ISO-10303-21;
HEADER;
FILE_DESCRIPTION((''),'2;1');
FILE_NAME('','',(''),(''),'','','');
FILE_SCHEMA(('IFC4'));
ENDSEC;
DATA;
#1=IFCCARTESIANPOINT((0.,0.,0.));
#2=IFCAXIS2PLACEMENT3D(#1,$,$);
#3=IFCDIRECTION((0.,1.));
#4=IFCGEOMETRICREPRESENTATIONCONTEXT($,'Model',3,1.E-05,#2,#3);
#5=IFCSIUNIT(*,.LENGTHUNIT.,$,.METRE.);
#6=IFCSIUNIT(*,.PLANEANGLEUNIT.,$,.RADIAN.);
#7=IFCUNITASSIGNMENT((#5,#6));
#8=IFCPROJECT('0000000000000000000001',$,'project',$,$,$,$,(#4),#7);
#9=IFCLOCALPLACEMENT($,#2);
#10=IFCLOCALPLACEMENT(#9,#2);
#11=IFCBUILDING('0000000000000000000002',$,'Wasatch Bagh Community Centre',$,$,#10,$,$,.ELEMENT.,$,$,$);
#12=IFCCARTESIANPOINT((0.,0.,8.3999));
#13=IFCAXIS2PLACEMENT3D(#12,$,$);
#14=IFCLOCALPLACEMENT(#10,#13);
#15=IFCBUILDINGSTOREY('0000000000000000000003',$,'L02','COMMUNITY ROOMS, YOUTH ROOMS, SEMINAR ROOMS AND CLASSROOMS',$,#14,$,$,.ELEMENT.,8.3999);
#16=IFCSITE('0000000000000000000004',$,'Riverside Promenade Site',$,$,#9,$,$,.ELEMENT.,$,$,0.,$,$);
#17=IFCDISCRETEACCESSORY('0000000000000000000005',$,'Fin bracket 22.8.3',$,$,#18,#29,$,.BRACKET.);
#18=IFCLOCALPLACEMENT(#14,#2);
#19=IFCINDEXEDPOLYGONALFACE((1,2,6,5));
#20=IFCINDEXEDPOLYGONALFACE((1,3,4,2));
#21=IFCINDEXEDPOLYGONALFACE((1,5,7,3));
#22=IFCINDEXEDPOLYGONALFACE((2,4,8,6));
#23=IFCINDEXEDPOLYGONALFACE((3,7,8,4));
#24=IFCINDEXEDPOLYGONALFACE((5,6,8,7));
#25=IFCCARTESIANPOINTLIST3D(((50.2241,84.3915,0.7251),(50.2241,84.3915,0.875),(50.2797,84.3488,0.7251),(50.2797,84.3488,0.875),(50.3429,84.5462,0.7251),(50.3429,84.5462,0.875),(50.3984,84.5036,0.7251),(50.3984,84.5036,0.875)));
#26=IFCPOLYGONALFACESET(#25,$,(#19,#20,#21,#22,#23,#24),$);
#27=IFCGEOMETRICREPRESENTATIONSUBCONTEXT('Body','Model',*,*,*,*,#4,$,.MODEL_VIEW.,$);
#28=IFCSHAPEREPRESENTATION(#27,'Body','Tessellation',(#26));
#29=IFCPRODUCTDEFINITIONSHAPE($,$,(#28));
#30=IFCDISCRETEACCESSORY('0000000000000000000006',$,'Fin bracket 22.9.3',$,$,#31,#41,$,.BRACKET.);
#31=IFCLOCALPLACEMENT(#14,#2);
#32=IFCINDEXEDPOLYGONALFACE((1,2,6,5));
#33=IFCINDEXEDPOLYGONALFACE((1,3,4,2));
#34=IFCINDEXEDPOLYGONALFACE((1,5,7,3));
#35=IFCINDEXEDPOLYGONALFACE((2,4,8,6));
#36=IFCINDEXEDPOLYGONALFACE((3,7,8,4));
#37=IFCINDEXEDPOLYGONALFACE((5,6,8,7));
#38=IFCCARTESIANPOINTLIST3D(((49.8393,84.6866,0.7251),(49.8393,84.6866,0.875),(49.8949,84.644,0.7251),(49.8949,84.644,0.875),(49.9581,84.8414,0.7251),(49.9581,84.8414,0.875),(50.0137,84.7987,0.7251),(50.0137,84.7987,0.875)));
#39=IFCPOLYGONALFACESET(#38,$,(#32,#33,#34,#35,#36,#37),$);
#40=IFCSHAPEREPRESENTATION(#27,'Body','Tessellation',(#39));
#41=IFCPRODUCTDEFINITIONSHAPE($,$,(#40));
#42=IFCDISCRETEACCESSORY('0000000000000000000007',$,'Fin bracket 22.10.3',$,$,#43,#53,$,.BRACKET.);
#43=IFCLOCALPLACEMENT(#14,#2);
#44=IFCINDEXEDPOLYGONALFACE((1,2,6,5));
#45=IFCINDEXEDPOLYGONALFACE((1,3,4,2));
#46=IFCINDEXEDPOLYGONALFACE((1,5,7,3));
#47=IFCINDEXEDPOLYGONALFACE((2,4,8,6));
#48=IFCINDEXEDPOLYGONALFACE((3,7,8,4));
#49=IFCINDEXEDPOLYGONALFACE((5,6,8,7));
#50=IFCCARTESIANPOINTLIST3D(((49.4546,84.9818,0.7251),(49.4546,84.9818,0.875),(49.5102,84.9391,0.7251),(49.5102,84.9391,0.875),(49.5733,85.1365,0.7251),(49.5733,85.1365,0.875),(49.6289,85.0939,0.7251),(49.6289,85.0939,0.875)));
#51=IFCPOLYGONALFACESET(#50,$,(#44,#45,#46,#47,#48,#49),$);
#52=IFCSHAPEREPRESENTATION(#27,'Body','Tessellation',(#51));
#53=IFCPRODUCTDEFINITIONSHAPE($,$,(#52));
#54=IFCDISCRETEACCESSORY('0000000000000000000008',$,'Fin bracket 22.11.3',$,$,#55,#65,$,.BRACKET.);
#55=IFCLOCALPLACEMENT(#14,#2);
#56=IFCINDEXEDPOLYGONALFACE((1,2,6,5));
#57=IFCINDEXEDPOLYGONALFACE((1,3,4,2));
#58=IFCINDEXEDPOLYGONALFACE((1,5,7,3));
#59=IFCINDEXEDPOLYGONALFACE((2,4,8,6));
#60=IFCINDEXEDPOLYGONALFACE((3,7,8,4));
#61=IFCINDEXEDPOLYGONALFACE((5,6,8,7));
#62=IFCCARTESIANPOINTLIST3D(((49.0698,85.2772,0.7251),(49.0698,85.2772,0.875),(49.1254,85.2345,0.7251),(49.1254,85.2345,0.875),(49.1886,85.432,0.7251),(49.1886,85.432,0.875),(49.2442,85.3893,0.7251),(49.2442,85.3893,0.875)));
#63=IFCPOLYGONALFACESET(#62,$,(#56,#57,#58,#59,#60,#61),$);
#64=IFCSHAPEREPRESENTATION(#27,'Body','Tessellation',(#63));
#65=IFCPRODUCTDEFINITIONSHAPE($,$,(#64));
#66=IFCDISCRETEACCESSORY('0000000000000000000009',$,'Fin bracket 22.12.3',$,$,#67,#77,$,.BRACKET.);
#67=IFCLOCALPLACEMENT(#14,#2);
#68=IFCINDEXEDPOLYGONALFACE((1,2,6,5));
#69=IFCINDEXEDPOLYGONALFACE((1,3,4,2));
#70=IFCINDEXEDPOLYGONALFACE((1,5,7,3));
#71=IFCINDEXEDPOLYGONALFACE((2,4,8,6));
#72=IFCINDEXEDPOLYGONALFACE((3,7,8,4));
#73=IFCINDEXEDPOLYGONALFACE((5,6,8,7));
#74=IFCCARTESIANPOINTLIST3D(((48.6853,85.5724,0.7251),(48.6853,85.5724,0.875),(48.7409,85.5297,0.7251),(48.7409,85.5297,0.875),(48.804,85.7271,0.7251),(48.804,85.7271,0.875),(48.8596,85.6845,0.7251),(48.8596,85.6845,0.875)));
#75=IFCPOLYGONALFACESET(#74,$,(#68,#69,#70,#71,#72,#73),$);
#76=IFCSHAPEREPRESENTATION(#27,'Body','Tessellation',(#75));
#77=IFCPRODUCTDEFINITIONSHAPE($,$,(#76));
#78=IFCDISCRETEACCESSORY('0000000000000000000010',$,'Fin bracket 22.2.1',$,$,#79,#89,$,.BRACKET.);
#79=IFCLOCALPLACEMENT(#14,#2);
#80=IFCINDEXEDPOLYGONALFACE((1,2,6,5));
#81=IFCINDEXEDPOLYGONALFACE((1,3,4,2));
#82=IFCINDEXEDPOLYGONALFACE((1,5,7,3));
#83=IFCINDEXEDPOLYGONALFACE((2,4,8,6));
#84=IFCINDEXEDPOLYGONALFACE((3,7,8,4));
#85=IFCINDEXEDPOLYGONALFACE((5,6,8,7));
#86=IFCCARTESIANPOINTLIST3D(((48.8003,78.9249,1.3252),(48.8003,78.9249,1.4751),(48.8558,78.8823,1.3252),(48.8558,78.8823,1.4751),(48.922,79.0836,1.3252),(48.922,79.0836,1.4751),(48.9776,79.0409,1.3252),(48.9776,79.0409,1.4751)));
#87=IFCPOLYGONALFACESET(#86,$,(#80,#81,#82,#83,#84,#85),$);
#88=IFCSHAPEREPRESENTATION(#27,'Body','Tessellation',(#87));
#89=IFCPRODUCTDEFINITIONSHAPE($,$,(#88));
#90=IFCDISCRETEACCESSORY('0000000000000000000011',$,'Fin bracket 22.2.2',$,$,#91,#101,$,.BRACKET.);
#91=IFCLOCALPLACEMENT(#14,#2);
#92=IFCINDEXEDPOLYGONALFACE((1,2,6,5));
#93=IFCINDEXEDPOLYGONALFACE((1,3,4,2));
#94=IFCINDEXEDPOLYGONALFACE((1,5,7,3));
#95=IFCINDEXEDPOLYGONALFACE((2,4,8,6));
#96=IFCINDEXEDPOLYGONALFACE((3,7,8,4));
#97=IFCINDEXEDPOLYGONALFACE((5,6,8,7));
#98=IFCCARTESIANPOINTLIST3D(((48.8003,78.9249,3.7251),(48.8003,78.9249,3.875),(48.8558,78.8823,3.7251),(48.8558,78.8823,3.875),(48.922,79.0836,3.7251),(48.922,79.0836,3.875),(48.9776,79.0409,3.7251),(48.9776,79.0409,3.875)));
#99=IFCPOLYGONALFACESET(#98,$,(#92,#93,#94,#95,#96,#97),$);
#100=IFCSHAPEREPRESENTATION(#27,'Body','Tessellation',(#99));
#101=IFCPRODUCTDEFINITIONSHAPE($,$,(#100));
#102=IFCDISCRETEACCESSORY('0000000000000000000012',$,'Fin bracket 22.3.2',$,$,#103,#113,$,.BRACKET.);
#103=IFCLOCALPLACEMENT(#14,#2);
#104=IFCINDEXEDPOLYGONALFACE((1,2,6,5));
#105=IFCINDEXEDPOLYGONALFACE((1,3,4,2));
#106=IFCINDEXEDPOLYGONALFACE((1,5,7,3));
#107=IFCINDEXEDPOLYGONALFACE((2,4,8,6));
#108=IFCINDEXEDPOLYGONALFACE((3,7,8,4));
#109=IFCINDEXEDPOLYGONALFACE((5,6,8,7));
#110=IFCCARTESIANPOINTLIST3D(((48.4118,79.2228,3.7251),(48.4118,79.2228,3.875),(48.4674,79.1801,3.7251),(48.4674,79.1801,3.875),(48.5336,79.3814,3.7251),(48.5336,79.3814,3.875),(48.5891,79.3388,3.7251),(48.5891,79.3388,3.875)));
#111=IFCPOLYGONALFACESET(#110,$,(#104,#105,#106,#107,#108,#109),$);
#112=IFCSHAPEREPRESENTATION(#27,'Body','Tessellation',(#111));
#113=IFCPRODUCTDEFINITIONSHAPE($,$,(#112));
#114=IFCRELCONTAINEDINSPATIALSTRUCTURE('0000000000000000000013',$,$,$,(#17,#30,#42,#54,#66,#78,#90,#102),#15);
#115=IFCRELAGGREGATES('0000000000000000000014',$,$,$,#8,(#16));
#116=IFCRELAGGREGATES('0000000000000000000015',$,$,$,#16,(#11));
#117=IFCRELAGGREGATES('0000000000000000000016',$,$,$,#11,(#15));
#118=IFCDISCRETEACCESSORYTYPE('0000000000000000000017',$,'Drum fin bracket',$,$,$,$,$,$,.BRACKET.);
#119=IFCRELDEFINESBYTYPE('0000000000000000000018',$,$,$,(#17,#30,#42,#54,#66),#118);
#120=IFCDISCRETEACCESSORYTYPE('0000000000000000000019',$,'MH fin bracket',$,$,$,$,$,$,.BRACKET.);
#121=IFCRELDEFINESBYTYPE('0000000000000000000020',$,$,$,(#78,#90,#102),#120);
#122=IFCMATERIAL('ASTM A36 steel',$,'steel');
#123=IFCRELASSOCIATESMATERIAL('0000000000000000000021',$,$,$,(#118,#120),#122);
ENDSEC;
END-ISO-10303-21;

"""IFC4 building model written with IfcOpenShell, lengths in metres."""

from ifc_helpers import new_model, si_unit, direction, frame, origin, origin_2d, place, context, subcontext, project, spatial, rectangle, extrude, material, type_object, element, save


model = new_model("IFC4")

# Units and contexts
model_context = context("Model", 3, precision=1e-05, world=origin(), true_north=direction((0.0, 1.0)))
body_context = subcontext(model_context, "Body", "Model", "MODEL_VIEW")
ifc_project = project(units=[si_unit("LENGTHUNIT", "METRE"), si_unit("PLANEANGLEUNIT", "RADIAN")], contexts=[model_context])

# Site, building, storey
site_placement = place(None, origin())
site = spatial("IfcSite", under=ifc_project, at=site_placement, Name="Riverside Promenade Site", CompositionType="ELEMENT", RefElevation=0.0)
building_placement = place(site_placement, origin())
building = spatial("IfcBuilding", under=site, at=building_placement, Name="Wasatch Bagh Community Centre", CompositionType="ELEMENT")
storey_placement = place(building_placement, frame((0.0, 0.0, 8.3999)))
storey = spatial("IfcBuildingStorey", under=building, at=storey_placement, Name="L02", Description="COMMUNITY ROOMS, YOUTH ROOMS, SEMINAR ROOMS AND CLASSROOMS", CompositionType="ELEMENT", Elevation=8.3999)

# Discrete accessories
ifc_material_1 = material(Name="ASTM A36 steel", Category="steel")
discrete_accessory_type_1 = type_object("IfcDiscreteAccessoryType", Name="Drum fin bracket", PredefinedType="BRACKET", material=ifc_material_1)
for number, where, z_axis, x_axis, name in (
    (1, (50.3113, 84.4475, 0.7251), (0.0, 0.0, 1.0), (-0.793353, 0.608761, 0.0), "Fin bracket 22.8.3"),
    (2, (49.9265, 84.7427, 0.7251), (0.0, 0.0, 1.0), (-0.793353, 0.608761, 0.0), "Fin bracket 22.9.3"),
    (3, (49.5417, 85.0378, 0.7251), (0.0, 0.0, 1.0), (-0.793353, 0.608761, 0.0), "Fin bracket 22.10.3"),
    (4, (49.157, 85.3333, 0.7251), (0.0, 0.0, 1.0), (-0.793353, 0.608761, 0.0), "Fin bracket 22.11.3"),
    (5, (48.7725, 85.6284, 0.7251), (0.0, 0.0, 1.0), (-0.793353, 0.608761, 0.0), "Fin bracket 22.12.3"),
):
    element("IfcDiscreteAccessory", number, at=place(storey_placement, frame(where, z_axis=z_axis, x_axis=x_axis)), inside=storey, type_object=discrete_accessory_type_1, Name=name, PredefinedType="BRACKET", context=body_context, shape_type="SweptSolid", body=[
        extrude(rectangle(XDim=0.0701, YDim=0.1951, at=origin_2d()), origin(), (0.0, 0.0, 1.0), 0.1499),
    ])
discrete_accessory_type_2 = type_object("IfcDiscreteAccessoryType", Name="MH fin bracket", PredefinedType="BRACKET", material=ifc_material_1)
for number, where, z_axis, x_axis, name in (
    (6, (48.8889, 78.9829, 1.3252), (0.0, 0.0, 1.0), (-0.793353, 0.608761, 0.0), "Fin bracket 22.2.1"),
    (7, (48.8889, 78.9829, 3.7251), (0.0, 0.0, 1.0), (-0.793353, 0.608761, 0.0), "Fin bracket 22.2.2"),
    (8, (48.5005, 79.2808, 3.7251), (0.0, 0.0, 1.0), (-0.793353, 0.608761, 0.0), "Fin bracket 22.3.2"),
):
    element("IfcDiscreteAccessory", number, at=place(storey_placement, frame(where, z_axis=z_axis, x_axis=x_axis)), inside=storey, type_object=discrete_accessory_type_2, Name=name, PredefinedType="BRACKET", context=body_context, shape_type="SweptSolid", body=[
        extrude(rectangle(XDim=0.0701, YDim=0.2, at=origin_2d()), origin(), (0.0, 0.0, 1.0), 0.1499),
    ])

save(model, "model.ifc")
